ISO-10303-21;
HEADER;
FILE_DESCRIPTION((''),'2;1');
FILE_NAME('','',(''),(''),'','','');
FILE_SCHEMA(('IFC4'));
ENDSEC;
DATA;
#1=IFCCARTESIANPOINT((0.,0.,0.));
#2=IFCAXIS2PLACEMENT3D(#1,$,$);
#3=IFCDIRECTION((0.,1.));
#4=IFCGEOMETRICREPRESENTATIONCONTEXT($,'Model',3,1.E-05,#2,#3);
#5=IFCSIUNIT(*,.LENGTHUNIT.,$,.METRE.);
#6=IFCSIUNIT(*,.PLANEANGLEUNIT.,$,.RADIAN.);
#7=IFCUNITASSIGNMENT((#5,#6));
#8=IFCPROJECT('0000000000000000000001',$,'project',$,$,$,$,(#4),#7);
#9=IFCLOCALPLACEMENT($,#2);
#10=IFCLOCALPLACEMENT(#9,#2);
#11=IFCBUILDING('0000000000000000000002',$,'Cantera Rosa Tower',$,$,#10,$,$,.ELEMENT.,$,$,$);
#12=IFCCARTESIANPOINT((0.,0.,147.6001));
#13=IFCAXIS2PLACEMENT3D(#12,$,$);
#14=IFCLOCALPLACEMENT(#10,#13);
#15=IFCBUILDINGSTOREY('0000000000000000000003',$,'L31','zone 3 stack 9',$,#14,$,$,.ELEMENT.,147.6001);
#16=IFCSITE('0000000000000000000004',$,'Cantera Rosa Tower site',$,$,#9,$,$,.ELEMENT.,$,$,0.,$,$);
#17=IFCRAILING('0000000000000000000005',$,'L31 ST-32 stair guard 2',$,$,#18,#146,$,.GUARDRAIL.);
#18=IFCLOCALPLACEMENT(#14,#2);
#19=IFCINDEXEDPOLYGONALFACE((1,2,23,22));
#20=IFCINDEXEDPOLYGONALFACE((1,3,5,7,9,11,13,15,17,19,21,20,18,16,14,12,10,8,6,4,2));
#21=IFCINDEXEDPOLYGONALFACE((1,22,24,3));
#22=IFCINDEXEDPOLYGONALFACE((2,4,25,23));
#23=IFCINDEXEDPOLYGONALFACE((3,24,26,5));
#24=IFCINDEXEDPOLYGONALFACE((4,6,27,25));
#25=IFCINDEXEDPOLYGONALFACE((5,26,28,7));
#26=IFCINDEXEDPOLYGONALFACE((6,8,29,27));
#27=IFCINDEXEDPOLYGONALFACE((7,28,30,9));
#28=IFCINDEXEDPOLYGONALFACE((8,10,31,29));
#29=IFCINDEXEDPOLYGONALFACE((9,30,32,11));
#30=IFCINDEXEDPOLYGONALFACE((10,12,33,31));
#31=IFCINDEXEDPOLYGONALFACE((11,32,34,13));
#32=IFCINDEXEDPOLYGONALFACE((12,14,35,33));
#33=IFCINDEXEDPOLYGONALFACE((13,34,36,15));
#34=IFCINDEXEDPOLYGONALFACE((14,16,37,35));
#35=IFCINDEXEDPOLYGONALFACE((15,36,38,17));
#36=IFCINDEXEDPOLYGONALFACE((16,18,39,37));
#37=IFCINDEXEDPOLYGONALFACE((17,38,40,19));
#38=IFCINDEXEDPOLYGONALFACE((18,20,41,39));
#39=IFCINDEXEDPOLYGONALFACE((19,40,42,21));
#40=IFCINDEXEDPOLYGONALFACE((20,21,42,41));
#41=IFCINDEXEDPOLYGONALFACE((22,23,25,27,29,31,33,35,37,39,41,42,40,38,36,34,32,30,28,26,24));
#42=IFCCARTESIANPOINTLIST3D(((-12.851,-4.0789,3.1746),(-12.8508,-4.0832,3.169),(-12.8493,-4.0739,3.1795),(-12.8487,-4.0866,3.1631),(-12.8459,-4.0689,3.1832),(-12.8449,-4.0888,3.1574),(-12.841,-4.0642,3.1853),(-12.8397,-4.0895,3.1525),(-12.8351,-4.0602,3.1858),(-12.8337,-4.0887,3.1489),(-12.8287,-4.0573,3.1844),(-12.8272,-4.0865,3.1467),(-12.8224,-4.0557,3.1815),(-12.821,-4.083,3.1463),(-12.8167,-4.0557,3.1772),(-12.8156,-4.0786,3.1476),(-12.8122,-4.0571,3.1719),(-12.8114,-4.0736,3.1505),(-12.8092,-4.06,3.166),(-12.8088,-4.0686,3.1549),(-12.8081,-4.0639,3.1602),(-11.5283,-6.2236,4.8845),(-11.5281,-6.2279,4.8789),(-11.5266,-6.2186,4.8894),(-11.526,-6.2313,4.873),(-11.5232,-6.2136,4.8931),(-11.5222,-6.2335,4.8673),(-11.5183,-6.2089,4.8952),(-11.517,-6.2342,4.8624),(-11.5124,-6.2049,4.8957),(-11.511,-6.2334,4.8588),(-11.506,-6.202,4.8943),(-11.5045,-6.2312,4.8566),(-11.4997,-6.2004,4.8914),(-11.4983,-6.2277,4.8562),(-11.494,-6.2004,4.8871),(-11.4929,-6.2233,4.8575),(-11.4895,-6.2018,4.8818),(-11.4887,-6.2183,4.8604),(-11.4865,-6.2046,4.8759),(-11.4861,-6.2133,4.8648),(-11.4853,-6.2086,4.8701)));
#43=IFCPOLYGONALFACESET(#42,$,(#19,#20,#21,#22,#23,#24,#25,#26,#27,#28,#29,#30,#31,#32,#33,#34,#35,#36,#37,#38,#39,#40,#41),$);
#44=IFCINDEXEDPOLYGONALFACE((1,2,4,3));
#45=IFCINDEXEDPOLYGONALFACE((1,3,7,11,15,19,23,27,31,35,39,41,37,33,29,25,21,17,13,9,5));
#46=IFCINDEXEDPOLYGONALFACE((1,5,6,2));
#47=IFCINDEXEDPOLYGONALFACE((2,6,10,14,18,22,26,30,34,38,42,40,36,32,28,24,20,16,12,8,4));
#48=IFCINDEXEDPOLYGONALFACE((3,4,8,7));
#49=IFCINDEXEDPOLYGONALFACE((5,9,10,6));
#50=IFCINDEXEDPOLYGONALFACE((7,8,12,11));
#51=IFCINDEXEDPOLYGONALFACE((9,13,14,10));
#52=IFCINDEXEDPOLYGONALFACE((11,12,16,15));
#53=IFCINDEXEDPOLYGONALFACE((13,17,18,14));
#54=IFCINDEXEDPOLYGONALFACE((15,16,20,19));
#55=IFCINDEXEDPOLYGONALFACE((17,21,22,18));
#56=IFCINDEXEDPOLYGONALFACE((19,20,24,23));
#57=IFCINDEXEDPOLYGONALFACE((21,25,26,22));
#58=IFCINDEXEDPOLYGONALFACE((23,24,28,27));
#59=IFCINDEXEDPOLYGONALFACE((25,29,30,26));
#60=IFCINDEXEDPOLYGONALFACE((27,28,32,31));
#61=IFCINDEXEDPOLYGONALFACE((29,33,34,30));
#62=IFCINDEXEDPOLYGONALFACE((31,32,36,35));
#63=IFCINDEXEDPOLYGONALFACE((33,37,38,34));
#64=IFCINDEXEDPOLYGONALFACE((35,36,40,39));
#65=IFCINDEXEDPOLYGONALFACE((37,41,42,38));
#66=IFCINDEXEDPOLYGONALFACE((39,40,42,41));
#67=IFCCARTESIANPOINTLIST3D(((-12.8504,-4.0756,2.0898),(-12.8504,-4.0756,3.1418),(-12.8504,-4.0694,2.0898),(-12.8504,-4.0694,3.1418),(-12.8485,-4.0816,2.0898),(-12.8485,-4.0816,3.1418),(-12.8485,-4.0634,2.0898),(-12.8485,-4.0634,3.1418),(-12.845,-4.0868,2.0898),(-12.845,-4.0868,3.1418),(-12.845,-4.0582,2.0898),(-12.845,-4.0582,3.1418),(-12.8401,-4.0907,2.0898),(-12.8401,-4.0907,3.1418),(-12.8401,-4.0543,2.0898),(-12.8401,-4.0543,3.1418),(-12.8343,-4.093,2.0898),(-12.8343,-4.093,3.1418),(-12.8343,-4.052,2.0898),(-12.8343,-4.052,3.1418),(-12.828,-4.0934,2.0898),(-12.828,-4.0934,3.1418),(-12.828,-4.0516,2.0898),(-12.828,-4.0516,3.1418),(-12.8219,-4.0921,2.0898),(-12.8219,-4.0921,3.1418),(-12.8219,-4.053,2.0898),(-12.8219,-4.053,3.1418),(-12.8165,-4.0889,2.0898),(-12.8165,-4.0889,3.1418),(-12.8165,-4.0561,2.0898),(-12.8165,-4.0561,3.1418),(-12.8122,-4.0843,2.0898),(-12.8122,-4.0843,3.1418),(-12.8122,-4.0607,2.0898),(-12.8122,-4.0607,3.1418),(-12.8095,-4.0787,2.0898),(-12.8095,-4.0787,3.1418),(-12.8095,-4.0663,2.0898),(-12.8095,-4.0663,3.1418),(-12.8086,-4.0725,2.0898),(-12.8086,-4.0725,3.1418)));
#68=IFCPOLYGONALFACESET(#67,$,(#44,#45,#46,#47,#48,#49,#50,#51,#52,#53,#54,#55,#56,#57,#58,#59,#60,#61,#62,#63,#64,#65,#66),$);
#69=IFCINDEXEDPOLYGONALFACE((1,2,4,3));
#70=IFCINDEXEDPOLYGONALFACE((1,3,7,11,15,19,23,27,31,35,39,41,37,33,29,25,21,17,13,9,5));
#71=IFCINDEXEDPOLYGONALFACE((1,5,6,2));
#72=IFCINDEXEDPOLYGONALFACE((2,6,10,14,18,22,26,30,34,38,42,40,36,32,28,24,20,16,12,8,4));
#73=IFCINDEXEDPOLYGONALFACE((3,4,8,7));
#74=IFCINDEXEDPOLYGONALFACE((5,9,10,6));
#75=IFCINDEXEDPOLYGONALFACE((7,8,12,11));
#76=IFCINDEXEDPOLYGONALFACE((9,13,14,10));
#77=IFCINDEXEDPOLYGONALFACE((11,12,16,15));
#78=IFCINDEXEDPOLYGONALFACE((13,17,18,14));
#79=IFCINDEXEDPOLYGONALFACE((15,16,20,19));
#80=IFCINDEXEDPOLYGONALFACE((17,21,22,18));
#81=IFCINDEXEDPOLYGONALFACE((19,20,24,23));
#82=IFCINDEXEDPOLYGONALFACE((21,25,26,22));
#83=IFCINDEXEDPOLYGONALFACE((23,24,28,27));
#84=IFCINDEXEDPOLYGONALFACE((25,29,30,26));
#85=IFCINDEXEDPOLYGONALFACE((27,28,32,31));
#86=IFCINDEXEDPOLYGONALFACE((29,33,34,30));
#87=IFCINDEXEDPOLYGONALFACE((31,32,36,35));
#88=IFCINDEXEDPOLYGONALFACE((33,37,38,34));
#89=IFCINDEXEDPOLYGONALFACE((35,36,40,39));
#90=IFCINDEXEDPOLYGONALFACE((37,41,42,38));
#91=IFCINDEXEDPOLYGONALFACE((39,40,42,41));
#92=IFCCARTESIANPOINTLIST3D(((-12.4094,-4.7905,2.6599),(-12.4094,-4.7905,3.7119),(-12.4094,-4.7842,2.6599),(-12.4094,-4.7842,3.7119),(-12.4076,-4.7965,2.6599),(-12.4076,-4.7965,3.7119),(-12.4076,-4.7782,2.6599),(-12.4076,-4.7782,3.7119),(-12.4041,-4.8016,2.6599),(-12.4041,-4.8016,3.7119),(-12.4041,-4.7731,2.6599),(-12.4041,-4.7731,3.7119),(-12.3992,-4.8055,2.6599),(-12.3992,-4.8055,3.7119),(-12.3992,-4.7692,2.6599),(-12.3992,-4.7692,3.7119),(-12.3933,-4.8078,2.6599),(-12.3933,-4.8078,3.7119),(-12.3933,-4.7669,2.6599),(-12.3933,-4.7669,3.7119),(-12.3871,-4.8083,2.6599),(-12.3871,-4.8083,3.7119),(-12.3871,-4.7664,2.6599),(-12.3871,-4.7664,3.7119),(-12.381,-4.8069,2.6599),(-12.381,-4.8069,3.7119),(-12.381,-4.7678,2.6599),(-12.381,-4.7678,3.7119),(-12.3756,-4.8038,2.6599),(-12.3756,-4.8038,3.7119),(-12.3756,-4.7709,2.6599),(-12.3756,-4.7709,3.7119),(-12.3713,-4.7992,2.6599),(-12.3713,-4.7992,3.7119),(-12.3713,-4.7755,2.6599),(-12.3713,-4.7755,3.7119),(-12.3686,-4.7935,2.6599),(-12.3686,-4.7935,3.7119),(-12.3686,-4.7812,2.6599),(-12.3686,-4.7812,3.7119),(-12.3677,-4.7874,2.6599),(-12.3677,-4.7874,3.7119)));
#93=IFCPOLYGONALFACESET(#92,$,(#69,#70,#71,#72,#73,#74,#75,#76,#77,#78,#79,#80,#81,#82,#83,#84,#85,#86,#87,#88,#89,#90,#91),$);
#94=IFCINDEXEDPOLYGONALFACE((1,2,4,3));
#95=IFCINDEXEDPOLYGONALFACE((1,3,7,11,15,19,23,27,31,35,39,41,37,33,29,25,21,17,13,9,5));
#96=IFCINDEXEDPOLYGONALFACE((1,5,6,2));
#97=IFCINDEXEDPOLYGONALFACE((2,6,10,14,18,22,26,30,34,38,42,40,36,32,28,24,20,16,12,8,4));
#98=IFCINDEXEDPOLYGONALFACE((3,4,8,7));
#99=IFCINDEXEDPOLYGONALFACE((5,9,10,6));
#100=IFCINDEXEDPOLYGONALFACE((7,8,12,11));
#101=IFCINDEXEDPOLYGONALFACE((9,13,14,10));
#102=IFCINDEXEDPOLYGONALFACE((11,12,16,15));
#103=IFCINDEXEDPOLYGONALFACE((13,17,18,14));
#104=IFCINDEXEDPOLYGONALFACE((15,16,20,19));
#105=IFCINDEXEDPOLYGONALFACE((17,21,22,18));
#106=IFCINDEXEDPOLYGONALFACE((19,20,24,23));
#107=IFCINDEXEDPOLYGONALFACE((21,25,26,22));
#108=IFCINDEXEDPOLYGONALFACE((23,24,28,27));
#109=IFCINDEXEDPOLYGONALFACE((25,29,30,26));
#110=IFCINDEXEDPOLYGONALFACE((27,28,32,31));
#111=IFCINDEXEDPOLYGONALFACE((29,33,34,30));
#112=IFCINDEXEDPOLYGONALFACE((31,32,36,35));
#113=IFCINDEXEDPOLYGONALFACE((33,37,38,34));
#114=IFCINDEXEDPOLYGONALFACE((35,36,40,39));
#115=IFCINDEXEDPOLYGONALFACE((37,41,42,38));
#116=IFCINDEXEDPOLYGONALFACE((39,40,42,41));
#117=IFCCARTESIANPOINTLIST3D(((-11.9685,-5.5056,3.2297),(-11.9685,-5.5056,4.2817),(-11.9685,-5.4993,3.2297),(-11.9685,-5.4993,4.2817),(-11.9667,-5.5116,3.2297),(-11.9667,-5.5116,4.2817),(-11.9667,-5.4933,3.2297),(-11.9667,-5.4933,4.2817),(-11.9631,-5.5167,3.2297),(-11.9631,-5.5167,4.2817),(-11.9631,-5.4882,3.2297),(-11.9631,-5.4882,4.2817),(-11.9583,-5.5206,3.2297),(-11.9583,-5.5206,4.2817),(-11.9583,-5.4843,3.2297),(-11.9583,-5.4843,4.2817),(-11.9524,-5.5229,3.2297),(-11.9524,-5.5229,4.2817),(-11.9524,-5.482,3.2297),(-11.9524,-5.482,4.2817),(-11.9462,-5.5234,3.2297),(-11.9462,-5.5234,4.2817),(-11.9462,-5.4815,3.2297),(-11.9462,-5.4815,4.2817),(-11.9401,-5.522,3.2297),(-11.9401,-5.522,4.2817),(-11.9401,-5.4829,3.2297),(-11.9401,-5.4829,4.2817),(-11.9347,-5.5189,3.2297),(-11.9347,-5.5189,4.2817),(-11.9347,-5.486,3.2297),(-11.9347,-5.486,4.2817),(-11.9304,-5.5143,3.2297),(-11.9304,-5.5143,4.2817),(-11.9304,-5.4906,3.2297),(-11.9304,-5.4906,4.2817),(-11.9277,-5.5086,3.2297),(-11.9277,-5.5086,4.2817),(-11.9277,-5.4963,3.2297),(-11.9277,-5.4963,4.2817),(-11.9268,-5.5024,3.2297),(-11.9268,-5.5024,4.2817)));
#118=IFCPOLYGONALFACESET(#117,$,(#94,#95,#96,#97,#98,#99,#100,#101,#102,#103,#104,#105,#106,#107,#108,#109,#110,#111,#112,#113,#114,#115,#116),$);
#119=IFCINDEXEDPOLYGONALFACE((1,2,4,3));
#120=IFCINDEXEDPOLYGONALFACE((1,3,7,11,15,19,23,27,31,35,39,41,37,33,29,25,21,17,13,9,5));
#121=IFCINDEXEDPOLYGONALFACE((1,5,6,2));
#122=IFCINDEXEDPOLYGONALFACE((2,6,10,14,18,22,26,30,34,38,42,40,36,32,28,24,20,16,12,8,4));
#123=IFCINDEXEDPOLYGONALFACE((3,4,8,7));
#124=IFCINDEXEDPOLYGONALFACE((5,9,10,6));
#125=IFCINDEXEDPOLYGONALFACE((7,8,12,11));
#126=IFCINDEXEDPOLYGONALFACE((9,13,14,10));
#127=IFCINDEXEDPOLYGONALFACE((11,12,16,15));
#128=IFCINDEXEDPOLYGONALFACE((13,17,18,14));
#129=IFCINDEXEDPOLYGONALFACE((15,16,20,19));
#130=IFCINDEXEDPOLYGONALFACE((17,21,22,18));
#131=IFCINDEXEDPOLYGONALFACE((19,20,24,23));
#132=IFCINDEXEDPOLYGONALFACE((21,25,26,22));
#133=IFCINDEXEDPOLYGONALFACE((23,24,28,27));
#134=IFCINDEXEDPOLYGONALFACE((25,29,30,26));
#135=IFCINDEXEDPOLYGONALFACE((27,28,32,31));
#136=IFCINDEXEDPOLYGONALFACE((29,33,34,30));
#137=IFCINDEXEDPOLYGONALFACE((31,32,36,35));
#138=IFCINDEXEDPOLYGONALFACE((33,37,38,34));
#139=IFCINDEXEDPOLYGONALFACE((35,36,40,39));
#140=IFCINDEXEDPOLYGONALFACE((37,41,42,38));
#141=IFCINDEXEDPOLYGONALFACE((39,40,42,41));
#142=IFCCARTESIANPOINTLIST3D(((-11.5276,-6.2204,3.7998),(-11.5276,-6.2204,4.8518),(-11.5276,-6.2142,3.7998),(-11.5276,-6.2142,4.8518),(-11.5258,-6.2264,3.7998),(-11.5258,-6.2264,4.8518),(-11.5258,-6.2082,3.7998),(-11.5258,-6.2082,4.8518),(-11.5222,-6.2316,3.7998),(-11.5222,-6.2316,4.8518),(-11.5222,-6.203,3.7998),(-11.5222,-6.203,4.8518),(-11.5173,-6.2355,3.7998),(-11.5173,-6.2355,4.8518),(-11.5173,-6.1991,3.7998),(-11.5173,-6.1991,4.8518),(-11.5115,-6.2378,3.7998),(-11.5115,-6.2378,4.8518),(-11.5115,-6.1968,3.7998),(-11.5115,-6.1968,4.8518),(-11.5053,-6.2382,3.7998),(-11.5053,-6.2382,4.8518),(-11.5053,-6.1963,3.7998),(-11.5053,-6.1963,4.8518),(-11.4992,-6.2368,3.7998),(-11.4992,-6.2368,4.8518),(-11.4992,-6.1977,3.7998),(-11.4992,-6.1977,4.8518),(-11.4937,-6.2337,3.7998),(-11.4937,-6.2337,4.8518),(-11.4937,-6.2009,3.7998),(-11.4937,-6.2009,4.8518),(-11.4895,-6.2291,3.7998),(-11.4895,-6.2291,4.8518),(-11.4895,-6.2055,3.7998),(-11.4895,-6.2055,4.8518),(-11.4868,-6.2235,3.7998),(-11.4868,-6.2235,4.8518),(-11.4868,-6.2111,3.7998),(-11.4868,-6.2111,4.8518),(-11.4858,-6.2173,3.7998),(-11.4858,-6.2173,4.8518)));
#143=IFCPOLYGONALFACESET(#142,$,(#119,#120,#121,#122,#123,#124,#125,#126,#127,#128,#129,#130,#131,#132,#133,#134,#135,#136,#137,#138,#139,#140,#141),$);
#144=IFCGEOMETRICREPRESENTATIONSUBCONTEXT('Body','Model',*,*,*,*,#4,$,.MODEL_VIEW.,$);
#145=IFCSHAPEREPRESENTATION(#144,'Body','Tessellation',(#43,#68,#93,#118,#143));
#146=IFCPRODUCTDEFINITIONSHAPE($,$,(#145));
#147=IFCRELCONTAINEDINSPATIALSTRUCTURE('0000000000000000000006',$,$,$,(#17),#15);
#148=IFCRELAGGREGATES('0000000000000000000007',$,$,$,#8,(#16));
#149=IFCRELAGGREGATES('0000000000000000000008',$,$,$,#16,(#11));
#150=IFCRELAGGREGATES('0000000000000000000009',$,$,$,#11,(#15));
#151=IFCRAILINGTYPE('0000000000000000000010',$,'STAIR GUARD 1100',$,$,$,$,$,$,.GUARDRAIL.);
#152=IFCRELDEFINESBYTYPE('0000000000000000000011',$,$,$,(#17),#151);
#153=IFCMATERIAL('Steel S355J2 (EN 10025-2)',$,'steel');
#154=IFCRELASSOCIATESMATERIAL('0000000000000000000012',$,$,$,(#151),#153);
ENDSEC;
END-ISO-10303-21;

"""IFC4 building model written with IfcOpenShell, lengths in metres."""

from ifc_helpers import new_model, si_unit, direction, frame, origin, origin_2d, place, context, subcontext, project, spatial, circle, extrude, material, type_object, element, save


model = new_model("IFC4")

# Units and contexts
model_context = context("Model", 3, precision=1e-05, world=origin(), true_north=direction((0.0, 1.0)))
body_context = subcontext(model_context, "Body", "Model", "MODEL_VIEW")
ifc_project = project(units=[si_unit("LENGTHUNIT", "METRE"), si_unit("PLANEANGLEUNIT", "RADIAN")], contexts=[model_context])

# Site, building, storey
site_placement = place(None, origin())
site = spatial("IfcSite", under=ifc_project, at=site_placement, Name="Cantera Rosa Tower site", CompositionType="ELEMENT", RefElevation=0.0)
building_placement = place(site_placement, origin())
building = spatial("IfcBuilding", under=site, at=building_placement, Name="Cantera Rosa Tower", CompositionType="ELEMENT")
storey_placement = place(building_placement, frame((0.0, 0.0, 147.6001)))
storey = spatial("IfcBuildingStorey", under=building, at=storey_placement, Name="L31", Description="zone 3 stack 9", CompositionType="ELEMENT", Elevation=147.6001)

# Railing
ifc_material_1 = material(Name="Steel S355J2 (EN 10025-2)", Category="steel")
railing_type_1 = type_object("IfcRailingType", Name="STAIR GUARD 1100", PredefinedType="GUARDRAIL", material=ifc_material_1)
railing_1_placement = place(storey_placement, frame((-12.8296, -4.0725, 2.0898)))
element("IfcRailing", 1, at=railing_1_placement, inside=storey, type_object=railing_type_1, Name="L31 ST-32 stair guard 2", PredefinedType="GUARDRAIL", context=body_context, shape_type="SweptSolid", body=[
    extrude(circle(Radius=0.0239, at=origin_2d()), frame((0.0, 0.0, 1.0762), z_axis=(0.434363, -0.704296, 0.561513), x_axis=(0.851146, 0.52493, 0.0)), (0.0, 0.0, 1.0), 3.0452),
    extrude(circle(Radius=0.021, at=origin_2d()), origin(), (0.0, 0.0, 1.0), 1.052),
    extrude(circle(Radius=0.021, at=origin_2d()), frame((0.4409, -0.7148, 0.5701)), (0.0, 0.0, 1.0), 1.052),
    extrude(circle(Radius=0.021, at=origin_2d()), frame((0.8818, -1.4299, 1.1399)), (0.0, 0.0, 1.0), 1.052),
    extrude(circle(Radius=0.021, at=origin_2d()), frame((1.3228, -2.1448, 1.71)), (0.0, 0.0, 1.0), 1.052),
])

save(model, "model.ifc")
